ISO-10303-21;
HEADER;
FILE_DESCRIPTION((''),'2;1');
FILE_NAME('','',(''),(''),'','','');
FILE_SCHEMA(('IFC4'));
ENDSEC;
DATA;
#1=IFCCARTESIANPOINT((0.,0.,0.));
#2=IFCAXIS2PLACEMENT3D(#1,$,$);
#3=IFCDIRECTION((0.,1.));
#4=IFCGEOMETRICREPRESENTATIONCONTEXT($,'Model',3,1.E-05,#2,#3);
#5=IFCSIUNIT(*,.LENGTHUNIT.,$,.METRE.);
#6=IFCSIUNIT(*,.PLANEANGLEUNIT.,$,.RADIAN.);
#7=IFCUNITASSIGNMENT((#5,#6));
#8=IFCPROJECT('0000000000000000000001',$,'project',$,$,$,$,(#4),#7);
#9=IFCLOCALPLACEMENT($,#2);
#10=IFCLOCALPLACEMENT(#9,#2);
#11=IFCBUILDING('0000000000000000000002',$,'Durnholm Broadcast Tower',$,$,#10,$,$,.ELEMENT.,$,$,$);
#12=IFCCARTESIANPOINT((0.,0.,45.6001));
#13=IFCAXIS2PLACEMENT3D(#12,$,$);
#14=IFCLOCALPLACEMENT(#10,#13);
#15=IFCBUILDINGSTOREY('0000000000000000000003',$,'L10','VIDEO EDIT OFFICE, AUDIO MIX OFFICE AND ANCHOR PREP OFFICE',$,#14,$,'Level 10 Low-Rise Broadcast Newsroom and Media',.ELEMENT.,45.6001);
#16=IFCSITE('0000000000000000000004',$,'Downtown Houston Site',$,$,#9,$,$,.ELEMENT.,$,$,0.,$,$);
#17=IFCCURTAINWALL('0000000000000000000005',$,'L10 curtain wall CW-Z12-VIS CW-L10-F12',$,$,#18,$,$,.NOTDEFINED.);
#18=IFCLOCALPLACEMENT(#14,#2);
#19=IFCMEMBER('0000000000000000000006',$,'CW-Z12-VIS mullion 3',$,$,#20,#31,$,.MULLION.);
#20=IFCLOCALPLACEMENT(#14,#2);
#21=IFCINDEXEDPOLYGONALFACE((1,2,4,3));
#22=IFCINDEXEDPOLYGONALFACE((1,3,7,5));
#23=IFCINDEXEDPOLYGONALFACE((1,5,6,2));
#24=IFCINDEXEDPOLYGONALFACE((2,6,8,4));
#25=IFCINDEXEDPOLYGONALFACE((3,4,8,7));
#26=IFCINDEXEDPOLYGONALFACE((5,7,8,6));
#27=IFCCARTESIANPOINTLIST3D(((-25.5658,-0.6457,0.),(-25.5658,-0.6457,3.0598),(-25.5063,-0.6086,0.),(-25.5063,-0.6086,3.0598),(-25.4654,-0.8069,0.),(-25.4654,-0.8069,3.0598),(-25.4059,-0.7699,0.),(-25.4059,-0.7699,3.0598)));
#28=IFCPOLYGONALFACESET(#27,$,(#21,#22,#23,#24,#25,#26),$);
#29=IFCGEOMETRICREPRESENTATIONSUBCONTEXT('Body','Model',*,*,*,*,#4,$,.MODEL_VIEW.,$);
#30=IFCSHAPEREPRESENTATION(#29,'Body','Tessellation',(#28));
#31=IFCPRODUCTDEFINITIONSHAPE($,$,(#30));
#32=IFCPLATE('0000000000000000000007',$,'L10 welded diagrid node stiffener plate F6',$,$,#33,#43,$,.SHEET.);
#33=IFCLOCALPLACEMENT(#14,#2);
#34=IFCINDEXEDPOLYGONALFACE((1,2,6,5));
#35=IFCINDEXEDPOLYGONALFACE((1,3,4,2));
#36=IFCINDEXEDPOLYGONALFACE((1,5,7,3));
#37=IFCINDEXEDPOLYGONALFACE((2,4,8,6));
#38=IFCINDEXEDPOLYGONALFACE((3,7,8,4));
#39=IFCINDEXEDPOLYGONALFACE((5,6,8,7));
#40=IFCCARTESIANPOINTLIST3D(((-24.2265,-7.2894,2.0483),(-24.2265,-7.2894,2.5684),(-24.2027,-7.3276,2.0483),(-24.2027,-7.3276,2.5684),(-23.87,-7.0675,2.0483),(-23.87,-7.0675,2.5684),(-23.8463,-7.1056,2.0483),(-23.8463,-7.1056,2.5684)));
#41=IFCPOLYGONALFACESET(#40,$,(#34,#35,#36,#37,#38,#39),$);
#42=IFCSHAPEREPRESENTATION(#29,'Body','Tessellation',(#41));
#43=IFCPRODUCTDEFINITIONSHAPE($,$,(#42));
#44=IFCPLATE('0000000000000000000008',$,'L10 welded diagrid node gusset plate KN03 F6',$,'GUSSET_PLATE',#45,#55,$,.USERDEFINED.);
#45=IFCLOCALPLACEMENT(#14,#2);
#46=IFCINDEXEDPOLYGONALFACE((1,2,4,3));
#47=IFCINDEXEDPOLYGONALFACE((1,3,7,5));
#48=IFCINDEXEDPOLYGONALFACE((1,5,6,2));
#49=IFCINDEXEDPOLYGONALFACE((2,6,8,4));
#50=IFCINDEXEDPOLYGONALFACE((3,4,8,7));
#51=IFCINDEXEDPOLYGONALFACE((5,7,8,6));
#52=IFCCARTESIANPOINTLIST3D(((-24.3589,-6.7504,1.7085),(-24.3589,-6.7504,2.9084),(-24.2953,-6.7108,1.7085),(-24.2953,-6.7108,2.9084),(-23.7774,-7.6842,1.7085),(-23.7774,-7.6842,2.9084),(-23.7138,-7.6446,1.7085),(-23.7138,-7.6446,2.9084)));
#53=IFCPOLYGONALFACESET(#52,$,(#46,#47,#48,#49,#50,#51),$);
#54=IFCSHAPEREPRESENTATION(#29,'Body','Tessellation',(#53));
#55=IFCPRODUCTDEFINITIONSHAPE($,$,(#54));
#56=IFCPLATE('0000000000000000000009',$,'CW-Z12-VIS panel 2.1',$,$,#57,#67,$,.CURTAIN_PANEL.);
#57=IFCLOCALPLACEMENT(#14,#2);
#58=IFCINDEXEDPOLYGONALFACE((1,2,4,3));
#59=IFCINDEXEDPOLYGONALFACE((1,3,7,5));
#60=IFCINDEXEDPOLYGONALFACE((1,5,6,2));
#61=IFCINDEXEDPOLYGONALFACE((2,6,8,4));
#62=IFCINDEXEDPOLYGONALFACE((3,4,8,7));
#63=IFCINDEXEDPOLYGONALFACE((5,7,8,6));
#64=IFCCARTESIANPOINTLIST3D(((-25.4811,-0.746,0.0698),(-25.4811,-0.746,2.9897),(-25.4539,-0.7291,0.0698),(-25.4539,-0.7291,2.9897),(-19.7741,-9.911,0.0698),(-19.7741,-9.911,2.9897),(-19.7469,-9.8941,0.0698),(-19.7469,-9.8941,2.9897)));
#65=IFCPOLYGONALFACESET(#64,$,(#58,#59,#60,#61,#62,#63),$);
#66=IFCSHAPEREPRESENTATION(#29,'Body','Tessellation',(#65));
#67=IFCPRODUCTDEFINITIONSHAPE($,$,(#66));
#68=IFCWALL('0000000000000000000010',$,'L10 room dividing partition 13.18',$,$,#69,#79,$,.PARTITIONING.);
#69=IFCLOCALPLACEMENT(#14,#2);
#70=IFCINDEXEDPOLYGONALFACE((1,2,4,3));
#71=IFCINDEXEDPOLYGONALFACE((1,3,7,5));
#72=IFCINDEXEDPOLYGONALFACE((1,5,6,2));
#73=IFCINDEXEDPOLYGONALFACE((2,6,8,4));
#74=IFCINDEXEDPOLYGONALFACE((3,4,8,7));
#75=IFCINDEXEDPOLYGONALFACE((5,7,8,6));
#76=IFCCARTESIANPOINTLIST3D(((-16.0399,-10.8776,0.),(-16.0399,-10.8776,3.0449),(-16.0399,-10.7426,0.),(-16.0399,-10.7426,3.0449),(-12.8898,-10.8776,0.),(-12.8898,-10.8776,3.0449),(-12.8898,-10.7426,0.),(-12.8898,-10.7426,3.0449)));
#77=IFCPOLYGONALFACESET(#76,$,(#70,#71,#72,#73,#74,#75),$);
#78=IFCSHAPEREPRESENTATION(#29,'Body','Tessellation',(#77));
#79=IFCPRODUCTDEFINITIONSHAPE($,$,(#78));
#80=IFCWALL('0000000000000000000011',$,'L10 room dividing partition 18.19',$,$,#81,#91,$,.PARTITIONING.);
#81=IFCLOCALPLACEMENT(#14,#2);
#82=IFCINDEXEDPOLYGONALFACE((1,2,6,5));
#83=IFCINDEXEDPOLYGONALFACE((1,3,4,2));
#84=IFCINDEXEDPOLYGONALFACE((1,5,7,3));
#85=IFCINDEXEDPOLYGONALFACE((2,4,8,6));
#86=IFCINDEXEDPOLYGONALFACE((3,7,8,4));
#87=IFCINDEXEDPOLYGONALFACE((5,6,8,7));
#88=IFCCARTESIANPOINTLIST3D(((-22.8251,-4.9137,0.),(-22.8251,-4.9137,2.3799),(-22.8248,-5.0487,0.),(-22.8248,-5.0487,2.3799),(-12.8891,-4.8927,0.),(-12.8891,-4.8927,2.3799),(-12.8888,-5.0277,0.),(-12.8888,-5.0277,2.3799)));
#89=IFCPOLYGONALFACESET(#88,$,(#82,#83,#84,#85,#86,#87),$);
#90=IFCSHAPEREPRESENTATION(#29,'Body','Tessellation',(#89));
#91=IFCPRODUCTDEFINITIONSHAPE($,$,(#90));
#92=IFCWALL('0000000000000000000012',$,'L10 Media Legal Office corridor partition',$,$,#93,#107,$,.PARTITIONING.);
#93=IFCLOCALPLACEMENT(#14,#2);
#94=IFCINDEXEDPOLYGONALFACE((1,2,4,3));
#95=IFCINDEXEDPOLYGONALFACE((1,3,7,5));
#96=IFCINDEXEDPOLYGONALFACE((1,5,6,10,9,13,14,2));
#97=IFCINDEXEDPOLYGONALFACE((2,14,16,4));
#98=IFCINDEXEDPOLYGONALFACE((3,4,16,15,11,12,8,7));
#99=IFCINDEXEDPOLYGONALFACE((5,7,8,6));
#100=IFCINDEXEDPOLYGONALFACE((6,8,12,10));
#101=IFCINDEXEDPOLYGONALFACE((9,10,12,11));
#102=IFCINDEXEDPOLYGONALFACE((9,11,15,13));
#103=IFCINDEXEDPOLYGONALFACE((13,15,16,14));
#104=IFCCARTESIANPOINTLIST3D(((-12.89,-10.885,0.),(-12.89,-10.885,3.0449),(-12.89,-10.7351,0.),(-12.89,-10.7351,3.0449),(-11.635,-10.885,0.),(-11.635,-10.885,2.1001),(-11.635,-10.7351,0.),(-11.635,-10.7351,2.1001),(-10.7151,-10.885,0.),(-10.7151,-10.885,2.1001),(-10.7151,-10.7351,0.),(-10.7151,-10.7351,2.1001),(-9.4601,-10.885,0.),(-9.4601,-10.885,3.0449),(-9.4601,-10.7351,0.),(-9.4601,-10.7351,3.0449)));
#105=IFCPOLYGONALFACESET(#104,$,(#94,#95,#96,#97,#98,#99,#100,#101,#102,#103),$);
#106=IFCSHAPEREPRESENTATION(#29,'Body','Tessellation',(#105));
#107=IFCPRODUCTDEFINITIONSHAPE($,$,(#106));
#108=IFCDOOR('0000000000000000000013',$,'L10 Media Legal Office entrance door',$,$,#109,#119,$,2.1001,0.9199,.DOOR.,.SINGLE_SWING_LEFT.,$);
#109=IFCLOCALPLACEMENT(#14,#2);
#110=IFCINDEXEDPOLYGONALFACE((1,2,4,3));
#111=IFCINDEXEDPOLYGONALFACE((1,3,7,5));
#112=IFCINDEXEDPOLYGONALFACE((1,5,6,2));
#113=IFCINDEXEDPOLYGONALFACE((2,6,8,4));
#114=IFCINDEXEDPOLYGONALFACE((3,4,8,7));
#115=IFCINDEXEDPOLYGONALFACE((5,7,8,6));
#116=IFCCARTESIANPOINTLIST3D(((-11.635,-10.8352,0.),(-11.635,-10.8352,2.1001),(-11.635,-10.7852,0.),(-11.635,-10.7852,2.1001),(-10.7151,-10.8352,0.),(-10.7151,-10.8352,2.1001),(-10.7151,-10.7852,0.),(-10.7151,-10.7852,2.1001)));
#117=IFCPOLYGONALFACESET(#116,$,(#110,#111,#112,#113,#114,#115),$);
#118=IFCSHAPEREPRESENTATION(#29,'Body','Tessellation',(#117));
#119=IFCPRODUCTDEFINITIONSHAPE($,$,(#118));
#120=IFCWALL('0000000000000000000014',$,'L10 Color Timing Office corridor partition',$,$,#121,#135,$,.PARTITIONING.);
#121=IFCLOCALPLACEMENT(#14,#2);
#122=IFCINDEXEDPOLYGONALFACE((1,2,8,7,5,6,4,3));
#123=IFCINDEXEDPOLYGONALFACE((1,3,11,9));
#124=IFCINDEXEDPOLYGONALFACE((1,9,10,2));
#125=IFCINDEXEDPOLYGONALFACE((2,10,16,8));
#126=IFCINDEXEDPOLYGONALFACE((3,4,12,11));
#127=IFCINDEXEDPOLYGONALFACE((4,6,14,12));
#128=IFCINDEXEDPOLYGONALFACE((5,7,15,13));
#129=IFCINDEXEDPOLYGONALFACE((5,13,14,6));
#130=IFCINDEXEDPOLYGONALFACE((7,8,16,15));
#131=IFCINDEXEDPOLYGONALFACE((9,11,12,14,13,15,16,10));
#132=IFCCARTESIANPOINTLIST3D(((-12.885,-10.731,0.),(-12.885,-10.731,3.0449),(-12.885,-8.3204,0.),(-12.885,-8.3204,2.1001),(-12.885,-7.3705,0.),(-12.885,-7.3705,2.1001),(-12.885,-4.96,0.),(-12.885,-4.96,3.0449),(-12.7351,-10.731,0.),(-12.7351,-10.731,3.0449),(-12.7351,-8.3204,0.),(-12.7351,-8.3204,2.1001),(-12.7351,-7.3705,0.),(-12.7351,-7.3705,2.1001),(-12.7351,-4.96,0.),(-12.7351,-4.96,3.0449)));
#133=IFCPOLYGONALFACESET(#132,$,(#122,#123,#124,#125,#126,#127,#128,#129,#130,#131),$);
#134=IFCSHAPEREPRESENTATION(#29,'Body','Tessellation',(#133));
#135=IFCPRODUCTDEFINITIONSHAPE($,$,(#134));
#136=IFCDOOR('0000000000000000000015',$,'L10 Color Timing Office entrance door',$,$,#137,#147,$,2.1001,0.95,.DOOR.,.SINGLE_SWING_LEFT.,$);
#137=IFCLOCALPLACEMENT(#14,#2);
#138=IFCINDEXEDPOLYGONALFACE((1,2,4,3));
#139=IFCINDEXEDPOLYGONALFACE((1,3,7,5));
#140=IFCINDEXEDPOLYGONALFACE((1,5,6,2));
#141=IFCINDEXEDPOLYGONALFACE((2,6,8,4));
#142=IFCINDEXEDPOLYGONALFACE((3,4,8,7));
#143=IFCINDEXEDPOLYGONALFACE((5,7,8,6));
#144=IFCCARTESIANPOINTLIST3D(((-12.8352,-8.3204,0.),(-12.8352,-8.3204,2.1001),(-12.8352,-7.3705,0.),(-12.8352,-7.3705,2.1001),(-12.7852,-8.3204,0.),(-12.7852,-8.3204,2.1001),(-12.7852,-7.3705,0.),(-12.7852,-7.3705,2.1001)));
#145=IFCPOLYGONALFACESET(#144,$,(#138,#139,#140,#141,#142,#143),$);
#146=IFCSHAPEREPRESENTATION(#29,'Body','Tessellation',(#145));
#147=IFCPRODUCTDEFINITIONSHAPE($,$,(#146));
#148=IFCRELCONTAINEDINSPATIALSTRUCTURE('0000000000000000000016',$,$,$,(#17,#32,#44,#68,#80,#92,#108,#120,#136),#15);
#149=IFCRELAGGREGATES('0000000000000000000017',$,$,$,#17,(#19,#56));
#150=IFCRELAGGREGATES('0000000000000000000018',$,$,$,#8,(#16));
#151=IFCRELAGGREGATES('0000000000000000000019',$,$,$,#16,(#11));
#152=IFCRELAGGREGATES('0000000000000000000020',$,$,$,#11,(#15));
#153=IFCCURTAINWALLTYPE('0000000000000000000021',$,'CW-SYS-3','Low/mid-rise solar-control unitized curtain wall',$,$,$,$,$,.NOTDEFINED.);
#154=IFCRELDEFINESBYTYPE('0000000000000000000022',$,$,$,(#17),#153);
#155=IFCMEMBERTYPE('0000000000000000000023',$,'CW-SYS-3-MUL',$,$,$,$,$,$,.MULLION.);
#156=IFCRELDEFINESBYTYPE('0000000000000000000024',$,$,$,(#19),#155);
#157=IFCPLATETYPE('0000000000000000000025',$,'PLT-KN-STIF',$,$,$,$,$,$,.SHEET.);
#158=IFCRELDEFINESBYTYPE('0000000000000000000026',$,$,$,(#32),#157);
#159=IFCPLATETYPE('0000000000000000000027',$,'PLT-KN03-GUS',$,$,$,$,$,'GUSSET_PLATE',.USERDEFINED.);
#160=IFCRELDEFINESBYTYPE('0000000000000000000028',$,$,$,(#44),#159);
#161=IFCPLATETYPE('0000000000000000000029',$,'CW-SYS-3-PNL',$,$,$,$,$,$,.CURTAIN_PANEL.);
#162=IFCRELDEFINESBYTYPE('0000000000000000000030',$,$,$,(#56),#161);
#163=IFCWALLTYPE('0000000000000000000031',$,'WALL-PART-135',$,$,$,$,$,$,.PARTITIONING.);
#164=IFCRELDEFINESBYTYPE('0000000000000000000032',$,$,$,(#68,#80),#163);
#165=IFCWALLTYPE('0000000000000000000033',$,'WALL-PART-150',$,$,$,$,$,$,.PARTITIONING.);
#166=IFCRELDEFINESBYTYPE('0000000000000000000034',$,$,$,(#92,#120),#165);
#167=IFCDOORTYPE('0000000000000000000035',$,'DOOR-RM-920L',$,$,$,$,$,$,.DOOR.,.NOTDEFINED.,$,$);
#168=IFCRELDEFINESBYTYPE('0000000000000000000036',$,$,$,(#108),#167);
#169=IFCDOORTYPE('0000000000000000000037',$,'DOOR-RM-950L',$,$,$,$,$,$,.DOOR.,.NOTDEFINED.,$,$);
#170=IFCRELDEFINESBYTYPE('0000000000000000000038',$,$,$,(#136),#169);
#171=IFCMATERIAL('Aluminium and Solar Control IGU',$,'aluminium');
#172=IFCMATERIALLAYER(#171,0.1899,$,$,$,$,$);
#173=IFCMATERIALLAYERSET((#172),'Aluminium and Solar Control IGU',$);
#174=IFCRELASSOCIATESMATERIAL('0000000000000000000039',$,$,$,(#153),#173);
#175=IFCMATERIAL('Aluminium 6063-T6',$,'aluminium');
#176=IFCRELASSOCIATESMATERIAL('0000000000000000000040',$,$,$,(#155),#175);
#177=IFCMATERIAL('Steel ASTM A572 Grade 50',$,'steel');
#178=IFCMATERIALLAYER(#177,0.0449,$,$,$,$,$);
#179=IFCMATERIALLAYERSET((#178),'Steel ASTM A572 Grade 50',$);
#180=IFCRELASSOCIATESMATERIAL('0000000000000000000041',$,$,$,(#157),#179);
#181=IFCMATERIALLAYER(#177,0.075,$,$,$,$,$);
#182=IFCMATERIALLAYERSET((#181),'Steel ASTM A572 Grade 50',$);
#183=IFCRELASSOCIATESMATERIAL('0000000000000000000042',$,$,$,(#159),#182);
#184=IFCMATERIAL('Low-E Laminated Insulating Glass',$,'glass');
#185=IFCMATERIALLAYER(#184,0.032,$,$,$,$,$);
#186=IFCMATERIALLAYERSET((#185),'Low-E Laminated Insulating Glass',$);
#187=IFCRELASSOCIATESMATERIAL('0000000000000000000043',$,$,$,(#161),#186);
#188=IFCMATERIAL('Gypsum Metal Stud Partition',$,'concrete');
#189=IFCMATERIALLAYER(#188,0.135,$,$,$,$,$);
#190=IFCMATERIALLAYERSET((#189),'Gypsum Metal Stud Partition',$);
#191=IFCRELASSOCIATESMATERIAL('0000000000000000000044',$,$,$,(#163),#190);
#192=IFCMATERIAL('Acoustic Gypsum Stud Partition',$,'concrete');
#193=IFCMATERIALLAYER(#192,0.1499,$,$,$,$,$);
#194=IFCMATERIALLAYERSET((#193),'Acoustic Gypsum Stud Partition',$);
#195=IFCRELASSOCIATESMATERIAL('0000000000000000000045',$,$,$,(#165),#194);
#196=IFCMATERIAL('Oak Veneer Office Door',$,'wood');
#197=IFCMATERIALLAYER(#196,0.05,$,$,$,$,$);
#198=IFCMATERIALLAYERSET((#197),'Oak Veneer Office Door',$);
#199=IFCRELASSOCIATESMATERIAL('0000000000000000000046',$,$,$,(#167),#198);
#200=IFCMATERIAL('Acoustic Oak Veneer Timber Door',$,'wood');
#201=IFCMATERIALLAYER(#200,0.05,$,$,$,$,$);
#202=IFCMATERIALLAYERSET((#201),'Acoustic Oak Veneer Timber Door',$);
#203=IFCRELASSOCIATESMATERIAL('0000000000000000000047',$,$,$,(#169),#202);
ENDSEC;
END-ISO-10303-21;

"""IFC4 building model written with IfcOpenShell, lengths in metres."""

from ifc_helpers import new_model, si_unit, direction, frame, frame_2d, origin, origin_2d, place, context, subcontext, project, spatial, rectangle, extrude, source, transform, mapped, material, layer, layer_set, material_profile, profile_set, type_object, type_shapes, element, fill, aggregate, save


model = new_model("IFC4")

# Units and contexts
model_context = context("Model", 3, precision=1e-05, world=origin(), true_north=direction((0.0, 1.0)))
body_context = subcontext(model_context, "Body", "Model", "MODEL_VIEW")
ifc_project = project(units=[si_unit("LENGTHUNIT", "METRE"), si_unit("PLANEANGLEUNIT", "RADIAN")], contexts=[model_context])

# Site, building, storey
site_placement = place(None, origin())
site = spatial("IfcSite", under=ifc_project, at=site_placement, Name="Downtown Houston Site", CompositionType="ELEMENT", RefElevation=0.0)
building_placement = place(site_placement, origin())
building = spatial("IfcBuilding", under=site, at=building_placement, Name="Durnholm Broadcast Tower", CompositionType="ELEMENT")
storey_placement = place(building_placement, frame((0.0, 0.0, 45.6001)))
storey = spatial("IfcBuildingStorey", under=building, at=storey_placement, Name="L10", Description="VIDEO EDIT OFFICE, AUDIO MIX OFFICE AND ANCHOR PREP OFFICE", LongName="Level 10 Low-Rise Broadcast Newsroom and Media", CompositionType="ELEMENT", Elevation=45.6001)

# Curtain wall
ifc_material_1 = material(Name="Aluminium and Solar Control IGU", Category="aluminium")
ifc_material_2 = material(Name="Aluminium 6063-T6", Category="aluminium")
ifc_layer_1 = layer(ifc_material_1, 0.1899)
ifc_layer_set_1 = layer_set([ifc_layer_1], Name="Aluminium and Solar Control IGU")
curtain_wall_type_1 = type_object("IfcCurtainWallType", Name="CW-SYS-3", Description="Low/mid-rise solar-control unitized curtain wall", PredefinedType="NOTDEFINED", material=ifc_layer_set_1)
curtain_wall_1_placement = place(storey_placement, origin())
curtain_wall_1 = element("IfcCurtainWall", 1, at=curtain_wall_1_placement, inside=storey, type_object=curtain_wall_type_1, Name="L10 curtain wall CW-Z12-VIS CW-L10-F12", PredefinedType="NOTDEFINED")

# Member
ifc_material_profile_1 = material_profile(ifc_material_2, rectangle(XDim=0.0701, YDim=0.1899, at=origin_2d()), Name="CWM70X190")
ifc_profile_set_1 = profile_set([ifc_material_profile_1], Name="Aluminium 6063-T6")
member_type_1 = type_object("IfcMemberType", Name="CW-SYS-3-MUL", PredefinedType="MULLION", material=ifc_profile_set_1)
shared_shape_1 = source(origin(), body_context, "Body", "SweptSolid", [
    extrude(rectangle(XDim=0.0701, YDim=0.1899, at=origin_2d()), origin(), (0.0, 0.0, 1.0), 3.0598),
])
type_shapes(member_type_1, [shared_shape_1])
member_1_placement = place(storey_placement, frame((-25.4858, -0.7078, 0.0), z_axis=(0.0, 0.0, 1.0), x_axis=(-0.848876, -0.528592, 0.0)))
member_1 = element("IfcMember", 2, at=member_1_placement, type_object=member_type_1, Name="CW-Z12-VIS mullion 3", PredefinedType="MULLION", context=body_context, shape_type="MappedRepresentation", body=[
    mapped(shared_shape_1, transform((0.0, 0.0, 0.0), x_axis=(1.0, 0.0, 0.0), y_axis=(0.0, 1.0, 0.0), z_axis=(0.0, 0.0, 1.0), scale=1.0)),
])

# Plates
ifc_material_3 = material(Name="Steel ASTM A572 Grade 50", Category="steel")
ifc_layer_2 = layer(ifc_material_3, 0.0449)
ifc_layer_set_2 = layer_set([ifc_layer_2], Name="Steel ASTM A572 Grade 50")
plate_type_1 = type_object("IfcPlateType", Name="PLT-KN-STIF", PredefinedType="SHEET", material=ifc_layer_set_2)
shared_shape_2 = source(origin(), body_context, "Body", "SweptSolid", [
    extrude(rectangle(XDim=0.0449, YDim=0.4199, at=origin_2d()), origin(), (0.0, 0.0, 1.0), 0.52),
])
type_shapes(plate_type_1, [shared_shape_2])
plate_1_placement = place(storey_placement, frame((-24.0364, -7.1975, 2.0483), z_axis=(0.0, 0.0, 1.0), x_axis=(0.528587, -0.848879, 0.0)))
element("IfcPlate", 3, at=plate_1_placement, inside=storey, type_object=plate_type_1, Name="L10 welded diagrid node stiffener plate F6", PredefinedType="SHEET", context=body_context, shape_type="MappedRepresentation", body=[
    mapped(shared_shape_2, transform((0.0, 0.0, 0.0), x_axis=(1.0, 0.0, 0.0), y_axis=(0.0, 1.0, 0.0), z_axis=(0.0, 0.0, 1.0), scale=1.0)),
])
ifc_layer_3 = layer(ifc_material_3, 0.075)
ifc_layer_set_3 = layer_set([ifc_layer_3], Name="Steel ASTM A572 Grade 50")
plate_type_2 = type_object("IfcPlateType", Name="PLT-KN03-GUS", ElementType="GUSSET_PLATE", PredefinedType="USERDEFINED", material=ifc_layer_set_3)
shared_shape_3 = source(origin(), body_context, "Body", "SweptSolid", [
    extrude(rectangle(XDim=1.1001, YDim=0.075, at=origin_2d()), origin(), (0.0, 0.0, 1.0), 1.2),
])
type_shapes(plate_type_2, [shared_shape_3])
plate_2_placement = place(storey_placement, frame((-24.0364, -7.1975, 1.7085), z_axis=(0.0, 0.0, 1.0), x_axis=(0.528587, -0.848879, 0.0)))
element("IfcPlate", 4, at=plate_2_placement, inside=storey, type_object=plate_type_2, Name="L10 welded diagrid node gusset plate KN03 F6", ObjectType="GUSSET_PLATE", PredefinedType="USERDEFINED", context=body_context, shape_type="MappedRepresentation", body=[
    mapped(shared_shape_3, transform((0.0, 0.0, 0.0), x_axis=(1.0, 0.0, 0.0), y_axis=(0.0, 1.0, 0.0), z_axis=(0.0, 0.0, 1.0), scale=1.0)),
])

# Plate
ifc_material_4 = material(Name="Low-E Laminated Insulating Glass", Category="glass")
ifc_layer_4 = layer(ifc_material_4, 0.032)
ifc_layer_set_4 = layer_set([ifc_layer_4], Name="Low-E Laminated Insulating Glass")
plate_type_3 = type_object("IfcPlateType", Name="CW-SYS-3-PNL", PredefinedType="CURTAIN_PANEL", material=ifc_layer_set_4)
shared_shape_4 = source(origin(), body_context, "Body", "SweptSolid", [
    extrude(rectangle(XDim=10.7966, YDim=0.032, at=origin_2d()), origin(), (0.0, 0.0, 1.0), 2.9199),
])
type_shapes(plate_type_3, [shared_shape_4])
plate_3_placement = place(storey_placement, frame((-22.614, -5.3201, 0.0698), z_axis=(0.0, 0.0, 1.0), x_axis=(-0.528592, 0.848876, 0.0)))
plate_3 = element("IfcPlate", 5, at=plate_3_placement, type_object=plate_type_3, Name="CW-Z12-VIS panel 2.1", PredefinedType="CURTAIN_PANEL", context=body_context, shape_type="MappedRepresentation", body=[
    mapped(shared_shape_4, transform((0.0, 0.0, 0.0), x_axis=(1.0, 0.0, 0.0), y_axis=(0.0, 1.0, 0.0), z_axis=(0.0, 0.0, 1.0), scale=1.0)),
])
aggregate(curtain_wall_1, [member_1, plate_3])

# Walls
ifc_material_5 = material(Name="Gypsum Metal Stud Partition", Category="concrete")
ifc_layer_5 = layer(ifc_material_5, 0.135)
ifc_layer_set_5 = layer_set([ifc_layer_5], Name="Gypsum Metal Stud Partition")
wall_type_1 = type_object("IfcWallType", Name="WALL-PART-135", PredefinedType="PARTITIONING", material=ifc_layer_set_5)
wall_1_placement = place(storey_placement, frame((-16.04, -10.8101, 0.0), z_axis=(0.0, 0.0, 1.0), x_axis=(1.0, 0.0, 0.0)))
element("IfcWall", 6, at=wall_1_placement, inside=storey, type_object=wall_type_1, Name="L10 room dividing partition 13.18", PredefinedType="PARTITIONING", context=body_context, shape_type="SweptSolid", body=[
    extrude(rectangle(XDim=3.1501, YDim=0.135, at=frame_2d((1.5752, 0.0))), origin(), (0.0, 0.0, 1.0), 3.0449),
])
wall_2_placement = place(storey_placement, frame((-22.825, -4.9812, 0.0), z_axis=(0.0, 0.0, 1.0), x_axis=(0.999998, 0.002113, 0.0)))
element("IfcWall", 7, at=wall_2_placement, inside=storey, type_object=wall_type_1, Name="L10 room dividing partition 18.19", PredefinedType="PARTITIONING", context=body_context, shape_type="SweptSolid", body=[
    extrude(rectangle(XDim=9.936, YDim=0.135, at=frame_2d((4.968, 0.0))), origin(), (0.0, 0.0, 1.0), 2.3799),
])

# Walls, openings, doors
ifc_material_6 = material(Name="Acoustic Gypsum Stud Partition", Category="concrete")
ifc_layer_6 = layer(ifc_material_6, 0.1499)
ifc_layer_set_6 = layer_set([ifc_layer_6], Name="Acoustic Gypsum Stud Partition")
wall_type_2 = type_object("IfcWallType", Name="WALL-PART-150", PredefinedType="PARTITIONING", material=ifc_layer_set_6)
wall_3_placement = place(storey_placement, frame((-12.8899, -10.8101, 0.0), z_axis=(0.0, 0.0, 1.0), x_axis=(1.0, 0.0, 0.0)))
wall_3 = element("IfcWall", 8, at=wall_3_placement, inside=storey, type_object=wall_type_2, Name="L10 Media Legal Office corridor partition", PredefinedType="PARTITIONING", context=body_context, shape_type="SweptSolid", body=[
    extrude(rectangle(XDim=3.4299, YDim=0.1499, at=frame_2d((1.7148, 0.0))), origin(), (0.0, 0.0, 1.0), 3.0449),
])
opening_1_placement = place(wall_3_placement, frame((1.2549, 0.0, 0.0)))
opening_1 = element("IfcOpeningElement", 9, at=opening_1_placement, cuts=wall_3, PredefinedType="OPENING", context=body_context, shape_type="SweptSolid", body=[
    extrude(rectangle(XDim=0.9199, YDim=2.1001, at=frame_2d((0.46, 1.05))), frame((0.0, 0.085, 0.0), z_axis=(0.0, -1.0, 0.0), x_axis=(1.0, 0.0, 0.0)), (0.0, 0.0, 1.0), 0.1699),
])
ifc_material_7 = material(Name="Oak Veneer Office Door", Category="wood")
ifc_layer_7 = layer(ifc_material_7, 0.05)
ifc_layer_set_7 = layer_set([ifc_layer_7], Name="Oak Veneer Office Door")
door_type_1 = type_object("IfcDoorType", Name="DOOR-RM-920L", OperationType="NOTDEFINED", PredefinedType="DOOR", material=ifc_layer_set_7)
shared_shape_5 = source(origin(), body_context, "Body", "SweptSolid", [
    extrude(rectangle(XDim=0.9199, YDim=2.1001, at=frame_2d((0.46, 1.05))), frame((0.0, 0.0249, 0.0), z_axis=(0.0, -1.0, 0.0), x_axis=(1.0, 0.0, 0.0)), (0.0, 0.0, 1.0), 0.05),
])
type_shapes(door_type_1, [shared_shape_5])
door_1_placement = place(opening_1_placement, origin())
door_1 = element("IfcDoor", 10, at=door_1_placement, inside=storey, type_object=door_type_1, Name="L10 Media Legal Office entrance door", OperationType="SINGLE_SWING_LEFT", OverallHeight=2.1001, OverallWidth=0.9199, PredefinedType="DOOR", context=body_context, shape_type="MappedRepresentation", body=[
    mapped(shared_shape_5, transform((0.0, 0.0, 0.0), x_axis=(1.0, 0.0, 0.0), y_axis=(0.0, 1.0, 0.0), z_axis=(0.0, 0.0, 1.0), scale=1.0)),
])
fill(opening_1, door_1)
wall_4_placement = place(storey_placement, frame((-12.8101, -4.96, 0.0), z_axis=(0.0, 0.0, 1.0), x_axis=(0.0, -1.0, 0.0)))
wall_4 = element("IfcWall", 11, at=wall_4_placement, inside=storey, type_object=wall_type_2, Name="L10 Color Timing Office corridor partition", PredefinedType="PARTITIONING", context=body_context, shape_type="SweptSolid", body=[
    extrude(rectangle(XDim=5.771, YDim=0.1499, at=frame_2d((2.8855, 0.0))), origin(), (0.0, 0.0, 1.0), 3.0449),
])
opening_2_placement = place(wall_4_placement, frame((2.4104, 0.0, 0.0)))
opening_2 = element("IfcOpeningElement", 12, at=opening_2_placement, cuts=wall_4, PredefinedType="OPENING", context=body_context, shape_type="SweptSolid", body=[
    extrude(rectangle(XDim=0.95, YDim=2.1001, at=frame_2d((0.4751, 1.05))), frame((0.0, 0.085, 0.0), z_axis=(0.0, -1.0, 0.0), x_axis=(1.0, 0.0, 0.0)), (0.0, 0.0, 1.0), 0.1699),
])
ifc_material_8 = material(Name="Acoustic Oak Veneer Timber Door", Category="wood")
ifc_layer_8 = layer(ifc_material_8, 0.05)
ifc_layer_set_8 = layer_set([ifc_layer_8], Name="Acoustic Oak Veneer Timber Door")
door_type_2 = type_object("IfcDoorType", Name="DOOR-RM-950L", OperationType="NOTDEFINED", PredefinedType="DOOR", material=ifc_layer_set_8)
shared_shape_6 = source(origin(), body_context, "Body", "SweptSolid", [
    extrude(rectangle(XDim=0.95, YDim=2.1001, at=frame_2d((0.4751, 1.05))), frame((0.0, 0.0249, 0.0), z_axis=(0.0, -1.0, 0.0), x_axis=(1.0, 0.0, 0.0)), (0.0, 0.0, 1.0), 0.05),
])
type_shapes(door_type_2, [shared_shape_6])
door_2_placement = place(opening_2_placement, origin())
door_2 = element("IfcDoor", 13, at=door_2_placement, inside=storey, type_object=door_type_2, Name="L10 Color Timing Office entrance door", OperationType="SINGLE_SWING_LEFT", OverallHeight=2.1001, OverallWidth=0.95, PredefinedType="DOOR", context=body_context, shape_type="MappedRepresentation", body=[
    mapped(shared_shape_6, transform((0.0, 0.0, 0.0), x_axis=(1.0, 0.0, 0.0), y_axis=(0.0, 1.0, 0.0), z_axis=(0.0, 0.0, 1.0), scale=1.0)),
])
fill(opening_2, door_2)

save(model, "model.ifc")
